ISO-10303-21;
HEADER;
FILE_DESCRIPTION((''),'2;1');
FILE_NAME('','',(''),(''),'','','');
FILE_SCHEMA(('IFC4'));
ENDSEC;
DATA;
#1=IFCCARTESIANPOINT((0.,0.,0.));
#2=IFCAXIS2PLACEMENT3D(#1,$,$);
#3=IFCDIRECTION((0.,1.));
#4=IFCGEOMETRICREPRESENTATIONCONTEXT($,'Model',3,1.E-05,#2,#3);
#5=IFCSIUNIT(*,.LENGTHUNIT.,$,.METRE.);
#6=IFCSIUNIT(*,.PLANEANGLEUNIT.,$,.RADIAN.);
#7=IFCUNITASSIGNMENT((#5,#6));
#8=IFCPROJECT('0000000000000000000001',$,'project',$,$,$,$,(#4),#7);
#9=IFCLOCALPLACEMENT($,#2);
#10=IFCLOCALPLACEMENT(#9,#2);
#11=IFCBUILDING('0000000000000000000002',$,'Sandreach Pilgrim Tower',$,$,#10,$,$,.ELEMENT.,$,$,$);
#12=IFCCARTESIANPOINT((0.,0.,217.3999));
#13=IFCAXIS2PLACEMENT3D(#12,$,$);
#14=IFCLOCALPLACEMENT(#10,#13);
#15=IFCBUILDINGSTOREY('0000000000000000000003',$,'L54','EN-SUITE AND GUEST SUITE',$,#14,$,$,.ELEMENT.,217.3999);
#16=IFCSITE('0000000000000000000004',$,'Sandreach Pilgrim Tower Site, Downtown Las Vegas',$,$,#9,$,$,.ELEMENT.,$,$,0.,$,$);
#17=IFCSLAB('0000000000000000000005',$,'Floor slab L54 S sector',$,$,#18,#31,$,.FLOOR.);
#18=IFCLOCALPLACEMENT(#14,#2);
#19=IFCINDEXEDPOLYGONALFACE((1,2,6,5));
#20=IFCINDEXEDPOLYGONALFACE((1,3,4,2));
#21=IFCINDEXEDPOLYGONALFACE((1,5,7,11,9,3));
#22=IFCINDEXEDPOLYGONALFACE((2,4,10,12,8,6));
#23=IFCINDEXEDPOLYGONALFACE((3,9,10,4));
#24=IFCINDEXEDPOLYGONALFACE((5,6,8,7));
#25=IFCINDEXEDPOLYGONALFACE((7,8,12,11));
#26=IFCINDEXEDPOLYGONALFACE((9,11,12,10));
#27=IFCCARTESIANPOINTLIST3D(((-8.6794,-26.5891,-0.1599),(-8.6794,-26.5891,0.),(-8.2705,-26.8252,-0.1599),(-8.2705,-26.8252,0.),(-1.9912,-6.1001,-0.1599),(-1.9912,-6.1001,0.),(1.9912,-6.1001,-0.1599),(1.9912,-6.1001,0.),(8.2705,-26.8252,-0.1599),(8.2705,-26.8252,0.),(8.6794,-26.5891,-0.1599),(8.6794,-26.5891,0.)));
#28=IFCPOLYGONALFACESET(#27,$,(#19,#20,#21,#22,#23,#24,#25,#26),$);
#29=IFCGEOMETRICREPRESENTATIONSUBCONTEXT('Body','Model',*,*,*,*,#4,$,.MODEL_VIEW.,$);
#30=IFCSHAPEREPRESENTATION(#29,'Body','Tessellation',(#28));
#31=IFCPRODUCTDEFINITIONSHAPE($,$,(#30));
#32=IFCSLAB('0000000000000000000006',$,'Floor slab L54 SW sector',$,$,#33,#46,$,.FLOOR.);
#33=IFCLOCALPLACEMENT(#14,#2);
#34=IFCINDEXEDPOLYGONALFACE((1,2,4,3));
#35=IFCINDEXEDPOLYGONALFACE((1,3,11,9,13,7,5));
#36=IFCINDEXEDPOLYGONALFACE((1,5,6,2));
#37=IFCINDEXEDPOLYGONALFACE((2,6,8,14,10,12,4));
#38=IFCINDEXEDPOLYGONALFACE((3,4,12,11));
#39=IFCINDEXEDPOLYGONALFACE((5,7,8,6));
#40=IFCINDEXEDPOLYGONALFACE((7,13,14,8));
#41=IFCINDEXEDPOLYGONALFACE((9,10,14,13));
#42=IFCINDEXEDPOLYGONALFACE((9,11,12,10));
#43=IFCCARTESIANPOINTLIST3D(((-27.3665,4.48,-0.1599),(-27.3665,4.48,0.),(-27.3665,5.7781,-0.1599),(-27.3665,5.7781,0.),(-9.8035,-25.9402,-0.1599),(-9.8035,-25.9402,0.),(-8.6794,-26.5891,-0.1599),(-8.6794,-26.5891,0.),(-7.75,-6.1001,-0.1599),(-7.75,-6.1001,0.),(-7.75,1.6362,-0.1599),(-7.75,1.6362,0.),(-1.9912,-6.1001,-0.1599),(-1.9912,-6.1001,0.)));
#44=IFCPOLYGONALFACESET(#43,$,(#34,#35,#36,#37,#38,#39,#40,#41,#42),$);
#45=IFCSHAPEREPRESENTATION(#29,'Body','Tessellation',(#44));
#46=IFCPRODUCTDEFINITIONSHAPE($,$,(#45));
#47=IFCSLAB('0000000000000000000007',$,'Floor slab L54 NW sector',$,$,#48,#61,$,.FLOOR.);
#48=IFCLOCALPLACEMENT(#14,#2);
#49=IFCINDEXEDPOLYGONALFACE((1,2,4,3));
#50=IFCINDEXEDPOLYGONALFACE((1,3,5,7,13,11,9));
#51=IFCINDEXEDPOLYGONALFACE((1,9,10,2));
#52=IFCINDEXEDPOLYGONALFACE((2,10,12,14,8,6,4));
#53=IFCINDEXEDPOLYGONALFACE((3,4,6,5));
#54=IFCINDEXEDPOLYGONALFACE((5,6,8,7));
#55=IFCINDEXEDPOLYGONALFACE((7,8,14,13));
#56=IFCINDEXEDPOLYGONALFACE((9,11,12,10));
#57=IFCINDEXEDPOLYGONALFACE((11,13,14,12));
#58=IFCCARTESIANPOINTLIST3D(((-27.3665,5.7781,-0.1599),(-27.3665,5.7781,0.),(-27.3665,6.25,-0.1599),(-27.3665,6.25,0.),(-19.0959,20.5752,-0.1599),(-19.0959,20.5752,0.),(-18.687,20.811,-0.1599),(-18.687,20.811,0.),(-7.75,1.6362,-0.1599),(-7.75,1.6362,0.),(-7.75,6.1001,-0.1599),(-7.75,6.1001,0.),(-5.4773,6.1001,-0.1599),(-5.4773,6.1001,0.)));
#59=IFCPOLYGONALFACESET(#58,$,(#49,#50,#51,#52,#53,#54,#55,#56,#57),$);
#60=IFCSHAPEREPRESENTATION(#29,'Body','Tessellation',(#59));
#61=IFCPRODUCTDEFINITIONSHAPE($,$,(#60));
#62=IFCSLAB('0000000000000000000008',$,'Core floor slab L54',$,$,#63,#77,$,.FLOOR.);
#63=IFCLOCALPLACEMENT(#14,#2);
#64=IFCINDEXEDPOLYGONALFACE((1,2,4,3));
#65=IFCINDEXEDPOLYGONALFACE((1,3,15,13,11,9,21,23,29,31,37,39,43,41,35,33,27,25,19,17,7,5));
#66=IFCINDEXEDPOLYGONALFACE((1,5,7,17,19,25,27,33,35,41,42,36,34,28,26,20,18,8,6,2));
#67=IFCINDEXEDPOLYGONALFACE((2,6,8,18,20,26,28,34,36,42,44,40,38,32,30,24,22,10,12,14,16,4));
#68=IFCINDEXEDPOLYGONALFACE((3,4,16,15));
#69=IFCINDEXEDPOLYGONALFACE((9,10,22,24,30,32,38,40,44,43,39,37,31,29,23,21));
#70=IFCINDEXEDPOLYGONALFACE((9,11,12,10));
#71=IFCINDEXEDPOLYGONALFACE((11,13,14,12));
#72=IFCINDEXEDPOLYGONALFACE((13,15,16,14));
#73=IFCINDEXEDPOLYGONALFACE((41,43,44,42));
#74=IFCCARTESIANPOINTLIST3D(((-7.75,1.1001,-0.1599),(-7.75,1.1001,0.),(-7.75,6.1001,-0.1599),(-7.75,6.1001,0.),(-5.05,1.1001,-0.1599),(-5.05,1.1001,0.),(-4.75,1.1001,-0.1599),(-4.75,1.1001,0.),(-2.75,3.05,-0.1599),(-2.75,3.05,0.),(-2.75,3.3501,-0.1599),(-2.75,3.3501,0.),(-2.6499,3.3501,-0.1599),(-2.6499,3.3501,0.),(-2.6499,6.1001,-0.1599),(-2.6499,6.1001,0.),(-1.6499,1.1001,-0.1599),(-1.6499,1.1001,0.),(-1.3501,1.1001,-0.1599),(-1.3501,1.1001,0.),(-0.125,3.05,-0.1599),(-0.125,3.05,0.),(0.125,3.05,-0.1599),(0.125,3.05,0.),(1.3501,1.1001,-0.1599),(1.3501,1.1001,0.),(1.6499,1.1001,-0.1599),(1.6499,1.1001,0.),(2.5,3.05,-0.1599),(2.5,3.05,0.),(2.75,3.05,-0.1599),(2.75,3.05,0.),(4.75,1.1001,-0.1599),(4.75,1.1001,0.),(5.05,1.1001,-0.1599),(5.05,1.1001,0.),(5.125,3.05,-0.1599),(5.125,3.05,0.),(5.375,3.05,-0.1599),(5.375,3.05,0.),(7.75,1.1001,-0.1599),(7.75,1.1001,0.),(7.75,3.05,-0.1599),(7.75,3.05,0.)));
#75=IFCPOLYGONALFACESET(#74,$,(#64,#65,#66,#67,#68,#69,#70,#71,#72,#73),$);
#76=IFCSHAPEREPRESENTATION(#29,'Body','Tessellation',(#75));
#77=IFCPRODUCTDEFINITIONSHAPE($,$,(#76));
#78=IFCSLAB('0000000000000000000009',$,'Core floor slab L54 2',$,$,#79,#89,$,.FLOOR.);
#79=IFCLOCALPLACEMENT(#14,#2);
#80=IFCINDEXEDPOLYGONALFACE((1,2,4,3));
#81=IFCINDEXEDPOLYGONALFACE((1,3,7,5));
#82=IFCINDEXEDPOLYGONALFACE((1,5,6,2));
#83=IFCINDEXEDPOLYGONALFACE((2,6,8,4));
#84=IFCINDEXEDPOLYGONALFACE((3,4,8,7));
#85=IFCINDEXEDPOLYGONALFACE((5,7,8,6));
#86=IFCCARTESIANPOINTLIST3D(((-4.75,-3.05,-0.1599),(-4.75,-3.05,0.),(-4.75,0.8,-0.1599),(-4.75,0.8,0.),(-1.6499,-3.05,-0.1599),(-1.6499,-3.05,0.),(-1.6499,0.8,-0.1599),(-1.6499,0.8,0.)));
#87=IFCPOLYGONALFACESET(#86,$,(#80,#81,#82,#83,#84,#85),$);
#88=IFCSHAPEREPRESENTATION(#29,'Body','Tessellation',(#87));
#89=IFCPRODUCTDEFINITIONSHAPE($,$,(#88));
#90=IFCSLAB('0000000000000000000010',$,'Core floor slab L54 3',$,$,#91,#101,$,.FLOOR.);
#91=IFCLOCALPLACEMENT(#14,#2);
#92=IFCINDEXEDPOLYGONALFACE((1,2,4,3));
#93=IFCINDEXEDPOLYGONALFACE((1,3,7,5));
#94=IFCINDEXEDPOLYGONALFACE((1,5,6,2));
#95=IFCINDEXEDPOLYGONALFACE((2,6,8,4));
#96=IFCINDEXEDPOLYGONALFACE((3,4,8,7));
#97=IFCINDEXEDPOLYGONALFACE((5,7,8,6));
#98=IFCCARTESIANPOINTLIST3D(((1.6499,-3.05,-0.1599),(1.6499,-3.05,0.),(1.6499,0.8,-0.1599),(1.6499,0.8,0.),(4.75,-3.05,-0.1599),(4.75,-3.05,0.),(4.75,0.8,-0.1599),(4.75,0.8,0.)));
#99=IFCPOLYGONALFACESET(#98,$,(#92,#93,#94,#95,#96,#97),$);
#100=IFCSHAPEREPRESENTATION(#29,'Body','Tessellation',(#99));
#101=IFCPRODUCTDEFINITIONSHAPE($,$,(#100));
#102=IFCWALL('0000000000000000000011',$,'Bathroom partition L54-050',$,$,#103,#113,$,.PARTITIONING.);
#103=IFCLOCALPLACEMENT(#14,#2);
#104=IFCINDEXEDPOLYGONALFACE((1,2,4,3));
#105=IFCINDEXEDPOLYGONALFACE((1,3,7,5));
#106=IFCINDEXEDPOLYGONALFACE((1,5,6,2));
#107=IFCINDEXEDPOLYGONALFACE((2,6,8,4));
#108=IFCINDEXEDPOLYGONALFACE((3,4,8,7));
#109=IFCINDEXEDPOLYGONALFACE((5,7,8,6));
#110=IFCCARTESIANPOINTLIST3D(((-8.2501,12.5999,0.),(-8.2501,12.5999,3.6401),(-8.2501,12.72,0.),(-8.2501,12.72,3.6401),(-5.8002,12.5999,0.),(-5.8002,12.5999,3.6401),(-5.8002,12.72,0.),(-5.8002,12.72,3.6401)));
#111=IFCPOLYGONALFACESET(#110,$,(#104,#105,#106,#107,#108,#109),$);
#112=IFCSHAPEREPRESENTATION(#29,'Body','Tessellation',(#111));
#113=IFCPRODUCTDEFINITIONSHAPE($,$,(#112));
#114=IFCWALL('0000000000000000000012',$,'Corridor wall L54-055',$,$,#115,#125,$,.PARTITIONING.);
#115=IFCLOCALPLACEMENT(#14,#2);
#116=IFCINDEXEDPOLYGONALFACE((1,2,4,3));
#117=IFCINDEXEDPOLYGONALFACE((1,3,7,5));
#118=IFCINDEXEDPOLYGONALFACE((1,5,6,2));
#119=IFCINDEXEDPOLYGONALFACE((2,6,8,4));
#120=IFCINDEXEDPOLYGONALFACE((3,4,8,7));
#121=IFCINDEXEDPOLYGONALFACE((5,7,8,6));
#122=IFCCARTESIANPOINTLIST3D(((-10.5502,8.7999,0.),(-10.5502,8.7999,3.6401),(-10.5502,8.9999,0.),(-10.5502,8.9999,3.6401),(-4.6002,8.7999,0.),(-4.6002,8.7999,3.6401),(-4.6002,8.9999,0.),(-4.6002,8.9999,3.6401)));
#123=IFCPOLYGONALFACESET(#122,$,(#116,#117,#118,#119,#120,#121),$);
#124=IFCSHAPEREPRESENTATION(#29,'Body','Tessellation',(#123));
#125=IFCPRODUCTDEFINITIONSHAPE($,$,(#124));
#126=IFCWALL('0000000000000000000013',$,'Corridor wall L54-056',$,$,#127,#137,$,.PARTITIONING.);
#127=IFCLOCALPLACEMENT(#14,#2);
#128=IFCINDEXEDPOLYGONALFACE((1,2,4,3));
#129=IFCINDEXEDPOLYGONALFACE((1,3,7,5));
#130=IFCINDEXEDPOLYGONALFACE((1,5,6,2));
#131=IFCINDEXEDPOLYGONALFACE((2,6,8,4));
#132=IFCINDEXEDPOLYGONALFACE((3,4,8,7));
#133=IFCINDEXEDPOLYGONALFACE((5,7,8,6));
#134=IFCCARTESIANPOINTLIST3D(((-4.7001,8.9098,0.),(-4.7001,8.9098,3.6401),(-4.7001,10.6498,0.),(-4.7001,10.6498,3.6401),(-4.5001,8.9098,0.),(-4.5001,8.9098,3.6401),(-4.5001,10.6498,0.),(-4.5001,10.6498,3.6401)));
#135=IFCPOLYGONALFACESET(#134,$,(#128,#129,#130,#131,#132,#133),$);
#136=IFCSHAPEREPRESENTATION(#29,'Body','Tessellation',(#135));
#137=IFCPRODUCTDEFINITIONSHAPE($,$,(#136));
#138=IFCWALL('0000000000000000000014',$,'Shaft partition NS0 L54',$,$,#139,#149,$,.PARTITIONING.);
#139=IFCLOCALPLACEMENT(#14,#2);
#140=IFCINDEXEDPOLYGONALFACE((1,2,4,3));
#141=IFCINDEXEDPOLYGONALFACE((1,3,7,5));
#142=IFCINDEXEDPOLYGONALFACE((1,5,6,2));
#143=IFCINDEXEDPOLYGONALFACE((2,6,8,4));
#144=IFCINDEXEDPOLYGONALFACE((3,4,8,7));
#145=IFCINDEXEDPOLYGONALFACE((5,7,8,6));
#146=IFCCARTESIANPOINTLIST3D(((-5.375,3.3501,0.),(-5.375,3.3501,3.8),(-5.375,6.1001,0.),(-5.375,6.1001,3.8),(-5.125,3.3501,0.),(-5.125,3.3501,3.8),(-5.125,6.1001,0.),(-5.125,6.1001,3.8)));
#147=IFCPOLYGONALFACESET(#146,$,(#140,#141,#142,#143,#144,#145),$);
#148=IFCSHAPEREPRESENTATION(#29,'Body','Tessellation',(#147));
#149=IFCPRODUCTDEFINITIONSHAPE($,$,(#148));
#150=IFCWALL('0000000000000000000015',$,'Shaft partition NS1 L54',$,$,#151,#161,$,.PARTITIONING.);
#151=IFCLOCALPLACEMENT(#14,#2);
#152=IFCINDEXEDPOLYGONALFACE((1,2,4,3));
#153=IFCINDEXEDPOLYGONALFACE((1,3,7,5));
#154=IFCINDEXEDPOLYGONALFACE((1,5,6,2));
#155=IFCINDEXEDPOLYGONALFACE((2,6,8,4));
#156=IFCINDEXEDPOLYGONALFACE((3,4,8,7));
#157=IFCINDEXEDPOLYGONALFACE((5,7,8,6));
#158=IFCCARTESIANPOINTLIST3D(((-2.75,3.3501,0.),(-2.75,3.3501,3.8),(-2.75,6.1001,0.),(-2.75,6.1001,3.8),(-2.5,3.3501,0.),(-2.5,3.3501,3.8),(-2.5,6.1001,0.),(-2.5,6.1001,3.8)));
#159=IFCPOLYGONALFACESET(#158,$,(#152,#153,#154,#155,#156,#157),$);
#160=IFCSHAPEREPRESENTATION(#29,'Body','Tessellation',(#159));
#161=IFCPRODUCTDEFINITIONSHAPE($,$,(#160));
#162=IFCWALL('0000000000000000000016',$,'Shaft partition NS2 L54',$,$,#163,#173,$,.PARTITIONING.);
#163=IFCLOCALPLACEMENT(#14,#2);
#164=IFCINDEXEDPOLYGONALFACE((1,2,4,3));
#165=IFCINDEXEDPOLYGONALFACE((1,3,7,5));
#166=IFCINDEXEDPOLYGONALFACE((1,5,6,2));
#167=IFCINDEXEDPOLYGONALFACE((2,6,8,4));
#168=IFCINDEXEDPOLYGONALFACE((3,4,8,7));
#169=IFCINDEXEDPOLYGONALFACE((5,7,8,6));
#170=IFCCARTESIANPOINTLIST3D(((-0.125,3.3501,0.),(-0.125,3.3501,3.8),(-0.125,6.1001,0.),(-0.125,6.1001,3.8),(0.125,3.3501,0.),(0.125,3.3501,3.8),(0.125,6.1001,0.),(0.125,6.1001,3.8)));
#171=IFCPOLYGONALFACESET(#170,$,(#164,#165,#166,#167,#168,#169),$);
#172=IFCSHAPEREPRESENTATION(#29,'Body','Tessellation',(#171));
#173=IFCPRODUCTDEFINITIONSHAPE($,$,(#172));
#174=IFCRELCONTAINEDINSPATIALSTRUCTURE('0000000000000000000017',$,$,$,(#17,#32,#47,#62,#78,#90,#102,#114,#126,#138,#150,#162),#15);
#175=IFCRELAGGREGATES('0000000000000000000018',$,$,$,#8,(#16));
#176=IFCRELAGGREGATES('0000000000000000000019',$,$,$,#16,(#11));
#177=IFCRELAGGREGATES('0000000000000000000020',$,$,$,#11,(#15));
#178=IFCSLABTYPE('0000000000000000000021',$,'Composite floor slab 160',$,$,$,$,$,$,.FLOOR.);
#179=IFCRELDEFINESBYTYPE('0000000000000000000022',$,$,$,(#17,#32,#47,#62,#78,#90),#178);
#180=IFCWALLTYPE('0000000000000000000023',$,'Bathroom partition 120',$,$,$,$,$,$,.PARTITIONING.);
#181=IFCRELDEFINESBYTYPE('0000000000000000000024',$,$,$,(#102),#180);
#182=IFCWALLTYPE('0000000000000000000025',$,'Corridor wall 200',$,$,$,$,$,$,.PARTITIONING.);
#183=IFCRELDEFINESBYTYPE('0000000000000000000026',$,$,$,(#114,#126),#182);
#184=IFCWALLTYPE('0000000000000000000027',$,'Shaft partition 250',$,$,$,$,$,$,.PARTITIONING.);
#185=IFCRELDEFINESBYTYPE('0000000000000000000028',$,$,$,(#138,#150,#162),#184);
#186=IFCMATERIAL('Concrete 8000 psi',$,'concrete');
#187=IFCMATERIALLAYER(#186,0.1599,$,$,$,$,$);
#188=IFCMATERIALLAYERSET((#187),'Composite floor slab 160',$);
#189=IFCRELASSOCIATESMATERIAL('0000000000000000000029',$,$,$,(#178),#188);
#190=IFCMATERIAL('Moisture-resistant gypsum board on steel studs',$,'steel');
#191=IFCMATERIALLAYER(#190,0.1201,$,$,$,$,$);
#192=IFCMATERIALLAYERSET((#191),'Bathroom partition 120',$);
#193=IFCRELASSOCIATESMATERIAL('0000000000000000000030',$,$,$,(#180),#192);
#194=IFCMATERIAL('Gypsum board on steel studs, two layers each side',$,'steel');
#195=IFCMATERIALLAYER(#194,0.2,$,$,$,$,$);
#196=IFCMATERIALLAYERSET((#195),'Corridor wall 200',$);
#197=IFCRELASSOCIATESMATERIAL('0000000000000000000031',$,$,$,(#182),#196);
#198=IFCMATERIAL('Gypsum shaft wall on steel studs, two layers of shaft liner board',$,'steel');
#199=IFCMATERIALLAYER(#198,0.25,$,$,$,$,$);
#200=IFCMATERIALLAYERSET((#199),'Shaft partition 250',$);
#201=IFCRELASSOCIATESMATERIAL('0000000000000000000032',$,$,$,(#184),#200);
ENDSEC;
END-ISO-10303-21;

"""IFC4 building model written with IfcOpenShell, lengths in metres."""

from ifc_helpers import new_model, si_unit, direction, frame, frame_2d, origin, place, context, subcontext, project, spatial, polyline, rectangle, outline, extrude, material, layer, layer_set, type_object, element, save


model = new_model("IFC4")

# Units and contexts
model_context = context("Model", 3, precision=1e-05, world=origin(), true_north=direction((0.0, 1.0)))
body_context = subcontext(model_context, "Body", "Model", "MODEL_VIEW")
ifc_project = project(units=[si_unit("LENGTHUNIT", "METRE"), si_unit("PLANEANGLEUNIT", "RADIAN")], contexts=[model_context])

# Site, building, storey
site_placement = place(None, origin())
site = spatial("IfcSite", under=ifc_project, at=site_placement, Name="Sandreach Pilgrim Tower Site, Downtown Las Vegas", CompositionType="ELEMENT", RefElevation=0.0)
building_placement = place(site_placement, origin())
building = spatial("IfcBuilding", under=site, at=building_placement, Name="Sandreach Pilgrim Tower", CompositionType="ELEMENT")
storey_placement = place(building_placement, frame((0.0, 0.0, 217.3999)))
storey = spatial("IfcBuildingStorey", under=building, at=storey_placement, Name="L54", Description="EN-SUITE AND GUEST SUITE", CompositionType="ELEMENT", Elevation=217.3999)

# Slabs
ifc_material_1 = material(Name="Concrete 8000 psi", Category="concrete")
ifc_layer_1 = layer(ifc_material_1, 0.1599)
ifc_layer_set_1 = layer_set([ifc_layer_1], Name="Composite floor slab 160")
slab_type = type_object("IfcSlabType", Name="Composite floor slab 160", PredefinedType="FLOOR", material=ifc_layer_set_1)
slab_1_placement = place(storey_placement, frame((0.0, 0.0, -0.1599)))
element("IfcSlab", 1, at=slab_1_placement, inside=storey, type_object=slab_type, Name="Floor slab L54 S sector", PredefinedType="FLOOR", context=body_context, shape_type="SweptSolid", body=[
    extrude(outline(polyline([(8.2705, -26.8252), (-8.2705, -26.8252), (-8.6794, -26.5891), (-1.9912, -6.1001), (1.9912, -6.1001), (8.6794, -26.5891), (8.2705, -26.8252)])), origin(), (0.0, 0.0, 1.0), 0.1599),
])
slab_2_placement = place(storey_placement, frame((0.0, 0.0, -0.1599)))
element("IfcSlab", 2, at=slab_2_placement, inside=storey, type_object=slab_type, Name="Floor slab L54 SW sector", PredefinedType="FLOOR", context=body_context, shape_type="SweptSolid", body=[
    extrude(outline(polyline([(-9.8035, -25.9402), (-27.3665, 4.48), (-27.3665, 5.7781), (-7.75, 1.6362), (-7.75, -6.1001), (-1.9912, -6.1001), (-8.6794, -26.5891), (-9.8035, -25.9402)])), origin(), (0.0, 0.0, 1.0), 0.1599),
])
slab_3_placement = place(storey_placement, frame((0.0, 0.0, -0.1599)))
element("IfcSlab", 3, at=slab_3_placement, inside=storey, type_object=slab_type, Name="Floor slab L54 NW sector", PredefinedType="FLOOR", context=body_context, shape_type="SweptSolid", body=[
    extrude(outline(polyline([(-27.3665, 6.25), (-19.0959, 20.5752), (-18.687, 20.811), (-5.4773, 6.1001), (-7.75, 6.1001), (-7.75, 1.6362), (-27.3665, 5.7781), (-27.3665, 6.25)])), origin(), (0.0, 0.0, 1.0), 0.1599),
])
slab_4_placement = place(storey_placement, frame((0.0, 0.0, -0.1599)))
element("IfcSlab", 4, at=slab_4_placement, inside=storey, type_object=slab_type, Name="Core floor slab L54", PredefinedType="FLOOR", context=body_context, shape_type="SweptSolid", body=[
    extrude(outline(polyline([(-2.75, 3.3501), (-2.75, 3.05), (-0.125, 3.05), (0.125, 3.05), (2.5, 3.05), (2.75, 3.05), (5.125, 3.05), (5.375, 3.05), (7.75, 3.05), (7.75, 1.1001), (5.05, 1.1001), (4.75, 1.1001), (1.6499, 1.1001), (1.3501, 1.1001), (-1.3501, 1.1001), (-1.6499, 1.1001), (-4.75, 1.1001), (-5.05, 1.1001), (-7.75, 1.1001), (-7.75, 6.1001), (-2.6499, 6.1001), (-2.6499, 3.3501), (-2.75, 3.3501)])), origin(), (0.0, 0.0, 1.0), 0.1599),
])
slab_5_placement = place(storey_placement, frame((0.0, 0.0, -0.1599)))
element("IfcSlab", 5, at=slab_5_placement, inside=storey, type_object=slab_type, Name="Core floor slab L54 2", PredefinedType="FLOOR", context=body_context, shape_type="SweptSolid", body=[
    extrude(outline(polyline([(-1.6499, -3.05), (-4.75, -3.05), (-4.75, 0.8), (-1.6499, 0.8), (-1.6499, -3.05)])), origin(), (0.0, 0.0, 1.0), 0.1599),
])
slab_6_placement = place(storey_placement, frame((0.0, 0.0, -0.1599)))
element("IfcSlab", 6, at=slab_6_placement, inside=storey, type_object=slab_type, Name="Core floor slab L54 3", PredefinedType="FLOOR", context=body_context, shape_type="SweptSolid", body=[
    extrude(outline(polyline([(4.75, -3.05), (1.6499, -3.05), (1.6499, 0.8), (4.75, 0.8), (4.75, -3.05)])), origin(), (0.0, 0.0, 1.0), 0.1599),
])

# Wall
ifc_material_2 = material(Name="Moisture-resistant gypsum board on steel studs", Category="steel")
ifc_layer_2 = layer(ifc_material_2, 0.1201)
ifc_layer_set_2 = layer_set([ifc_layer_2], Name="Bathroom partition 120")
wall_type_1 = type_object("IfcWallType", Name="Bathroom partition 120", PredefinedType="PARTITIONING", material=ifc_layer_set_2)
wall_1_placement = place(storey_placement, frame((-5.8, 12.6599, 0.0), z_axis=(0.0, 0.0, 1.0), x_axis=(-1.0, 0.0, 0.0)))
element("IfcWall", 7, at=wall_1_placement, inside=storey, type_object=wall_type_1, Name="Bathroom partition L54-050", PredefinedType="PARTITIONING", context=body_context, shape_type="SweptSolid", body=[
    extrude(rectangle(XDim=2.45, YDim=0.1201, at=frame_2d((1.2251, 0.0))), origin(), (0.0, 0.0, 1.0), 3.6401),
])

# Shared definitions
ifc_material_3 = material(Name="Gypsum board on steel studs, two layers each side", Category="steel")
ifc_layer_3 = layer(ifc_material_3, 0.2)
ifc_layer_set_3 = layer_set([ifc_layer_3], Name="Corridor wall 200")
wall_type_2 = type_object("IfcWallType", Name="Corridor wall 200", PredefinedType="PARTITIONING", material=ifc_layer_set_3)

# Walls
wall_2_placement = place(storey_placement, frame((-4.6001, 8.8999, 0.0), z_axis=(0.0, 0.0, 1.0), x_axis=(-1.0, 0.0, 0.0)))
element("IfcWall", 8, at=wall_2_placement, inside=storey, type_object=wall_type_2, Name="Corridor wall L54-055", PredefinedType="PARTITIONING", context=body_context, shape_type="SweptSolid", body=[
    extrude(rectangle(XDim=5.95, YDim=0.2, at=frame_2d((2.9751, 0.0))), origin(), (0.0, 0.0, 1.0), 3.6401),
])
wall_3_placement = place(storey_placement, frame((-4.6001, 10.6499, 0.0), z_axis=(0.0, 0.0, 1.0), x_axis=(0.0, -1.0, 0.0)))
element("IfcWall", 9, at=wall_3_placement, inside=storey, type_object=wall_type_2, Name="Corridor wall L54-056", PredefinedType="PARTITIONING", context=body_context, shape_type="SweptSolid", body=[
    extrude(rectangle(XDim=1.74, YDim=0.2, at=frame_2d((0.8701, 0.0))), origin(), (0.0, 0.0, 1.0), 3.6401),
])
ifc_material_4 = material(Name="Gypsum shaft wall on steel studs, two layers of shaft liner board", Category="steel")
ifc_layer_4 = layer(ifc_material_4, 0.25)
ifc_layer_set_4 = layer_set([ifc_layer_4], Name="Shaft partition 250")
wall_type_3 = type_object("IfcWallType", Name="Shaft partition 250", PredefinedType="PARTITIONING", material=ifc_layer_set_4)
for number, where, z_axis, x_axis, name in (
    (10, (-5.25, 3.3501, 0.0), (0.0, 0.0, 1.0), (0.0, 1.0, 0.0), "Shaft partition NS0 L54"),
    (11, (-2.625, 3.3501, 0.0), (0.0, 0.0, 1.0), (0.0, 1.0, 0.0), "Shaft partition NS1 L54"),
    (12, (0.0, 3.3501, 0.0), (0.0, 0.0, 1.0), (0.0, 1.0, 0.0), "Shaft partition NS2 L54"),
):
    element("IfcWall", number, at=place(storey_placement, frame(where, z_axis=z_axis, x_axis=x_axis)), inside=storey, type_object=wall_type_3, Name=name, PredefinedType="PARTITIONING", context=body_context, shape_type="SweptSolid", body=[
        extrude(rectangle(XDim=2.75, YDim=0.25, at=frame_2d((1.375, 0.0))), origin(), (0.0, 0.0, 1.0), 3.8),
    ])

save(model, "model.ifc")
